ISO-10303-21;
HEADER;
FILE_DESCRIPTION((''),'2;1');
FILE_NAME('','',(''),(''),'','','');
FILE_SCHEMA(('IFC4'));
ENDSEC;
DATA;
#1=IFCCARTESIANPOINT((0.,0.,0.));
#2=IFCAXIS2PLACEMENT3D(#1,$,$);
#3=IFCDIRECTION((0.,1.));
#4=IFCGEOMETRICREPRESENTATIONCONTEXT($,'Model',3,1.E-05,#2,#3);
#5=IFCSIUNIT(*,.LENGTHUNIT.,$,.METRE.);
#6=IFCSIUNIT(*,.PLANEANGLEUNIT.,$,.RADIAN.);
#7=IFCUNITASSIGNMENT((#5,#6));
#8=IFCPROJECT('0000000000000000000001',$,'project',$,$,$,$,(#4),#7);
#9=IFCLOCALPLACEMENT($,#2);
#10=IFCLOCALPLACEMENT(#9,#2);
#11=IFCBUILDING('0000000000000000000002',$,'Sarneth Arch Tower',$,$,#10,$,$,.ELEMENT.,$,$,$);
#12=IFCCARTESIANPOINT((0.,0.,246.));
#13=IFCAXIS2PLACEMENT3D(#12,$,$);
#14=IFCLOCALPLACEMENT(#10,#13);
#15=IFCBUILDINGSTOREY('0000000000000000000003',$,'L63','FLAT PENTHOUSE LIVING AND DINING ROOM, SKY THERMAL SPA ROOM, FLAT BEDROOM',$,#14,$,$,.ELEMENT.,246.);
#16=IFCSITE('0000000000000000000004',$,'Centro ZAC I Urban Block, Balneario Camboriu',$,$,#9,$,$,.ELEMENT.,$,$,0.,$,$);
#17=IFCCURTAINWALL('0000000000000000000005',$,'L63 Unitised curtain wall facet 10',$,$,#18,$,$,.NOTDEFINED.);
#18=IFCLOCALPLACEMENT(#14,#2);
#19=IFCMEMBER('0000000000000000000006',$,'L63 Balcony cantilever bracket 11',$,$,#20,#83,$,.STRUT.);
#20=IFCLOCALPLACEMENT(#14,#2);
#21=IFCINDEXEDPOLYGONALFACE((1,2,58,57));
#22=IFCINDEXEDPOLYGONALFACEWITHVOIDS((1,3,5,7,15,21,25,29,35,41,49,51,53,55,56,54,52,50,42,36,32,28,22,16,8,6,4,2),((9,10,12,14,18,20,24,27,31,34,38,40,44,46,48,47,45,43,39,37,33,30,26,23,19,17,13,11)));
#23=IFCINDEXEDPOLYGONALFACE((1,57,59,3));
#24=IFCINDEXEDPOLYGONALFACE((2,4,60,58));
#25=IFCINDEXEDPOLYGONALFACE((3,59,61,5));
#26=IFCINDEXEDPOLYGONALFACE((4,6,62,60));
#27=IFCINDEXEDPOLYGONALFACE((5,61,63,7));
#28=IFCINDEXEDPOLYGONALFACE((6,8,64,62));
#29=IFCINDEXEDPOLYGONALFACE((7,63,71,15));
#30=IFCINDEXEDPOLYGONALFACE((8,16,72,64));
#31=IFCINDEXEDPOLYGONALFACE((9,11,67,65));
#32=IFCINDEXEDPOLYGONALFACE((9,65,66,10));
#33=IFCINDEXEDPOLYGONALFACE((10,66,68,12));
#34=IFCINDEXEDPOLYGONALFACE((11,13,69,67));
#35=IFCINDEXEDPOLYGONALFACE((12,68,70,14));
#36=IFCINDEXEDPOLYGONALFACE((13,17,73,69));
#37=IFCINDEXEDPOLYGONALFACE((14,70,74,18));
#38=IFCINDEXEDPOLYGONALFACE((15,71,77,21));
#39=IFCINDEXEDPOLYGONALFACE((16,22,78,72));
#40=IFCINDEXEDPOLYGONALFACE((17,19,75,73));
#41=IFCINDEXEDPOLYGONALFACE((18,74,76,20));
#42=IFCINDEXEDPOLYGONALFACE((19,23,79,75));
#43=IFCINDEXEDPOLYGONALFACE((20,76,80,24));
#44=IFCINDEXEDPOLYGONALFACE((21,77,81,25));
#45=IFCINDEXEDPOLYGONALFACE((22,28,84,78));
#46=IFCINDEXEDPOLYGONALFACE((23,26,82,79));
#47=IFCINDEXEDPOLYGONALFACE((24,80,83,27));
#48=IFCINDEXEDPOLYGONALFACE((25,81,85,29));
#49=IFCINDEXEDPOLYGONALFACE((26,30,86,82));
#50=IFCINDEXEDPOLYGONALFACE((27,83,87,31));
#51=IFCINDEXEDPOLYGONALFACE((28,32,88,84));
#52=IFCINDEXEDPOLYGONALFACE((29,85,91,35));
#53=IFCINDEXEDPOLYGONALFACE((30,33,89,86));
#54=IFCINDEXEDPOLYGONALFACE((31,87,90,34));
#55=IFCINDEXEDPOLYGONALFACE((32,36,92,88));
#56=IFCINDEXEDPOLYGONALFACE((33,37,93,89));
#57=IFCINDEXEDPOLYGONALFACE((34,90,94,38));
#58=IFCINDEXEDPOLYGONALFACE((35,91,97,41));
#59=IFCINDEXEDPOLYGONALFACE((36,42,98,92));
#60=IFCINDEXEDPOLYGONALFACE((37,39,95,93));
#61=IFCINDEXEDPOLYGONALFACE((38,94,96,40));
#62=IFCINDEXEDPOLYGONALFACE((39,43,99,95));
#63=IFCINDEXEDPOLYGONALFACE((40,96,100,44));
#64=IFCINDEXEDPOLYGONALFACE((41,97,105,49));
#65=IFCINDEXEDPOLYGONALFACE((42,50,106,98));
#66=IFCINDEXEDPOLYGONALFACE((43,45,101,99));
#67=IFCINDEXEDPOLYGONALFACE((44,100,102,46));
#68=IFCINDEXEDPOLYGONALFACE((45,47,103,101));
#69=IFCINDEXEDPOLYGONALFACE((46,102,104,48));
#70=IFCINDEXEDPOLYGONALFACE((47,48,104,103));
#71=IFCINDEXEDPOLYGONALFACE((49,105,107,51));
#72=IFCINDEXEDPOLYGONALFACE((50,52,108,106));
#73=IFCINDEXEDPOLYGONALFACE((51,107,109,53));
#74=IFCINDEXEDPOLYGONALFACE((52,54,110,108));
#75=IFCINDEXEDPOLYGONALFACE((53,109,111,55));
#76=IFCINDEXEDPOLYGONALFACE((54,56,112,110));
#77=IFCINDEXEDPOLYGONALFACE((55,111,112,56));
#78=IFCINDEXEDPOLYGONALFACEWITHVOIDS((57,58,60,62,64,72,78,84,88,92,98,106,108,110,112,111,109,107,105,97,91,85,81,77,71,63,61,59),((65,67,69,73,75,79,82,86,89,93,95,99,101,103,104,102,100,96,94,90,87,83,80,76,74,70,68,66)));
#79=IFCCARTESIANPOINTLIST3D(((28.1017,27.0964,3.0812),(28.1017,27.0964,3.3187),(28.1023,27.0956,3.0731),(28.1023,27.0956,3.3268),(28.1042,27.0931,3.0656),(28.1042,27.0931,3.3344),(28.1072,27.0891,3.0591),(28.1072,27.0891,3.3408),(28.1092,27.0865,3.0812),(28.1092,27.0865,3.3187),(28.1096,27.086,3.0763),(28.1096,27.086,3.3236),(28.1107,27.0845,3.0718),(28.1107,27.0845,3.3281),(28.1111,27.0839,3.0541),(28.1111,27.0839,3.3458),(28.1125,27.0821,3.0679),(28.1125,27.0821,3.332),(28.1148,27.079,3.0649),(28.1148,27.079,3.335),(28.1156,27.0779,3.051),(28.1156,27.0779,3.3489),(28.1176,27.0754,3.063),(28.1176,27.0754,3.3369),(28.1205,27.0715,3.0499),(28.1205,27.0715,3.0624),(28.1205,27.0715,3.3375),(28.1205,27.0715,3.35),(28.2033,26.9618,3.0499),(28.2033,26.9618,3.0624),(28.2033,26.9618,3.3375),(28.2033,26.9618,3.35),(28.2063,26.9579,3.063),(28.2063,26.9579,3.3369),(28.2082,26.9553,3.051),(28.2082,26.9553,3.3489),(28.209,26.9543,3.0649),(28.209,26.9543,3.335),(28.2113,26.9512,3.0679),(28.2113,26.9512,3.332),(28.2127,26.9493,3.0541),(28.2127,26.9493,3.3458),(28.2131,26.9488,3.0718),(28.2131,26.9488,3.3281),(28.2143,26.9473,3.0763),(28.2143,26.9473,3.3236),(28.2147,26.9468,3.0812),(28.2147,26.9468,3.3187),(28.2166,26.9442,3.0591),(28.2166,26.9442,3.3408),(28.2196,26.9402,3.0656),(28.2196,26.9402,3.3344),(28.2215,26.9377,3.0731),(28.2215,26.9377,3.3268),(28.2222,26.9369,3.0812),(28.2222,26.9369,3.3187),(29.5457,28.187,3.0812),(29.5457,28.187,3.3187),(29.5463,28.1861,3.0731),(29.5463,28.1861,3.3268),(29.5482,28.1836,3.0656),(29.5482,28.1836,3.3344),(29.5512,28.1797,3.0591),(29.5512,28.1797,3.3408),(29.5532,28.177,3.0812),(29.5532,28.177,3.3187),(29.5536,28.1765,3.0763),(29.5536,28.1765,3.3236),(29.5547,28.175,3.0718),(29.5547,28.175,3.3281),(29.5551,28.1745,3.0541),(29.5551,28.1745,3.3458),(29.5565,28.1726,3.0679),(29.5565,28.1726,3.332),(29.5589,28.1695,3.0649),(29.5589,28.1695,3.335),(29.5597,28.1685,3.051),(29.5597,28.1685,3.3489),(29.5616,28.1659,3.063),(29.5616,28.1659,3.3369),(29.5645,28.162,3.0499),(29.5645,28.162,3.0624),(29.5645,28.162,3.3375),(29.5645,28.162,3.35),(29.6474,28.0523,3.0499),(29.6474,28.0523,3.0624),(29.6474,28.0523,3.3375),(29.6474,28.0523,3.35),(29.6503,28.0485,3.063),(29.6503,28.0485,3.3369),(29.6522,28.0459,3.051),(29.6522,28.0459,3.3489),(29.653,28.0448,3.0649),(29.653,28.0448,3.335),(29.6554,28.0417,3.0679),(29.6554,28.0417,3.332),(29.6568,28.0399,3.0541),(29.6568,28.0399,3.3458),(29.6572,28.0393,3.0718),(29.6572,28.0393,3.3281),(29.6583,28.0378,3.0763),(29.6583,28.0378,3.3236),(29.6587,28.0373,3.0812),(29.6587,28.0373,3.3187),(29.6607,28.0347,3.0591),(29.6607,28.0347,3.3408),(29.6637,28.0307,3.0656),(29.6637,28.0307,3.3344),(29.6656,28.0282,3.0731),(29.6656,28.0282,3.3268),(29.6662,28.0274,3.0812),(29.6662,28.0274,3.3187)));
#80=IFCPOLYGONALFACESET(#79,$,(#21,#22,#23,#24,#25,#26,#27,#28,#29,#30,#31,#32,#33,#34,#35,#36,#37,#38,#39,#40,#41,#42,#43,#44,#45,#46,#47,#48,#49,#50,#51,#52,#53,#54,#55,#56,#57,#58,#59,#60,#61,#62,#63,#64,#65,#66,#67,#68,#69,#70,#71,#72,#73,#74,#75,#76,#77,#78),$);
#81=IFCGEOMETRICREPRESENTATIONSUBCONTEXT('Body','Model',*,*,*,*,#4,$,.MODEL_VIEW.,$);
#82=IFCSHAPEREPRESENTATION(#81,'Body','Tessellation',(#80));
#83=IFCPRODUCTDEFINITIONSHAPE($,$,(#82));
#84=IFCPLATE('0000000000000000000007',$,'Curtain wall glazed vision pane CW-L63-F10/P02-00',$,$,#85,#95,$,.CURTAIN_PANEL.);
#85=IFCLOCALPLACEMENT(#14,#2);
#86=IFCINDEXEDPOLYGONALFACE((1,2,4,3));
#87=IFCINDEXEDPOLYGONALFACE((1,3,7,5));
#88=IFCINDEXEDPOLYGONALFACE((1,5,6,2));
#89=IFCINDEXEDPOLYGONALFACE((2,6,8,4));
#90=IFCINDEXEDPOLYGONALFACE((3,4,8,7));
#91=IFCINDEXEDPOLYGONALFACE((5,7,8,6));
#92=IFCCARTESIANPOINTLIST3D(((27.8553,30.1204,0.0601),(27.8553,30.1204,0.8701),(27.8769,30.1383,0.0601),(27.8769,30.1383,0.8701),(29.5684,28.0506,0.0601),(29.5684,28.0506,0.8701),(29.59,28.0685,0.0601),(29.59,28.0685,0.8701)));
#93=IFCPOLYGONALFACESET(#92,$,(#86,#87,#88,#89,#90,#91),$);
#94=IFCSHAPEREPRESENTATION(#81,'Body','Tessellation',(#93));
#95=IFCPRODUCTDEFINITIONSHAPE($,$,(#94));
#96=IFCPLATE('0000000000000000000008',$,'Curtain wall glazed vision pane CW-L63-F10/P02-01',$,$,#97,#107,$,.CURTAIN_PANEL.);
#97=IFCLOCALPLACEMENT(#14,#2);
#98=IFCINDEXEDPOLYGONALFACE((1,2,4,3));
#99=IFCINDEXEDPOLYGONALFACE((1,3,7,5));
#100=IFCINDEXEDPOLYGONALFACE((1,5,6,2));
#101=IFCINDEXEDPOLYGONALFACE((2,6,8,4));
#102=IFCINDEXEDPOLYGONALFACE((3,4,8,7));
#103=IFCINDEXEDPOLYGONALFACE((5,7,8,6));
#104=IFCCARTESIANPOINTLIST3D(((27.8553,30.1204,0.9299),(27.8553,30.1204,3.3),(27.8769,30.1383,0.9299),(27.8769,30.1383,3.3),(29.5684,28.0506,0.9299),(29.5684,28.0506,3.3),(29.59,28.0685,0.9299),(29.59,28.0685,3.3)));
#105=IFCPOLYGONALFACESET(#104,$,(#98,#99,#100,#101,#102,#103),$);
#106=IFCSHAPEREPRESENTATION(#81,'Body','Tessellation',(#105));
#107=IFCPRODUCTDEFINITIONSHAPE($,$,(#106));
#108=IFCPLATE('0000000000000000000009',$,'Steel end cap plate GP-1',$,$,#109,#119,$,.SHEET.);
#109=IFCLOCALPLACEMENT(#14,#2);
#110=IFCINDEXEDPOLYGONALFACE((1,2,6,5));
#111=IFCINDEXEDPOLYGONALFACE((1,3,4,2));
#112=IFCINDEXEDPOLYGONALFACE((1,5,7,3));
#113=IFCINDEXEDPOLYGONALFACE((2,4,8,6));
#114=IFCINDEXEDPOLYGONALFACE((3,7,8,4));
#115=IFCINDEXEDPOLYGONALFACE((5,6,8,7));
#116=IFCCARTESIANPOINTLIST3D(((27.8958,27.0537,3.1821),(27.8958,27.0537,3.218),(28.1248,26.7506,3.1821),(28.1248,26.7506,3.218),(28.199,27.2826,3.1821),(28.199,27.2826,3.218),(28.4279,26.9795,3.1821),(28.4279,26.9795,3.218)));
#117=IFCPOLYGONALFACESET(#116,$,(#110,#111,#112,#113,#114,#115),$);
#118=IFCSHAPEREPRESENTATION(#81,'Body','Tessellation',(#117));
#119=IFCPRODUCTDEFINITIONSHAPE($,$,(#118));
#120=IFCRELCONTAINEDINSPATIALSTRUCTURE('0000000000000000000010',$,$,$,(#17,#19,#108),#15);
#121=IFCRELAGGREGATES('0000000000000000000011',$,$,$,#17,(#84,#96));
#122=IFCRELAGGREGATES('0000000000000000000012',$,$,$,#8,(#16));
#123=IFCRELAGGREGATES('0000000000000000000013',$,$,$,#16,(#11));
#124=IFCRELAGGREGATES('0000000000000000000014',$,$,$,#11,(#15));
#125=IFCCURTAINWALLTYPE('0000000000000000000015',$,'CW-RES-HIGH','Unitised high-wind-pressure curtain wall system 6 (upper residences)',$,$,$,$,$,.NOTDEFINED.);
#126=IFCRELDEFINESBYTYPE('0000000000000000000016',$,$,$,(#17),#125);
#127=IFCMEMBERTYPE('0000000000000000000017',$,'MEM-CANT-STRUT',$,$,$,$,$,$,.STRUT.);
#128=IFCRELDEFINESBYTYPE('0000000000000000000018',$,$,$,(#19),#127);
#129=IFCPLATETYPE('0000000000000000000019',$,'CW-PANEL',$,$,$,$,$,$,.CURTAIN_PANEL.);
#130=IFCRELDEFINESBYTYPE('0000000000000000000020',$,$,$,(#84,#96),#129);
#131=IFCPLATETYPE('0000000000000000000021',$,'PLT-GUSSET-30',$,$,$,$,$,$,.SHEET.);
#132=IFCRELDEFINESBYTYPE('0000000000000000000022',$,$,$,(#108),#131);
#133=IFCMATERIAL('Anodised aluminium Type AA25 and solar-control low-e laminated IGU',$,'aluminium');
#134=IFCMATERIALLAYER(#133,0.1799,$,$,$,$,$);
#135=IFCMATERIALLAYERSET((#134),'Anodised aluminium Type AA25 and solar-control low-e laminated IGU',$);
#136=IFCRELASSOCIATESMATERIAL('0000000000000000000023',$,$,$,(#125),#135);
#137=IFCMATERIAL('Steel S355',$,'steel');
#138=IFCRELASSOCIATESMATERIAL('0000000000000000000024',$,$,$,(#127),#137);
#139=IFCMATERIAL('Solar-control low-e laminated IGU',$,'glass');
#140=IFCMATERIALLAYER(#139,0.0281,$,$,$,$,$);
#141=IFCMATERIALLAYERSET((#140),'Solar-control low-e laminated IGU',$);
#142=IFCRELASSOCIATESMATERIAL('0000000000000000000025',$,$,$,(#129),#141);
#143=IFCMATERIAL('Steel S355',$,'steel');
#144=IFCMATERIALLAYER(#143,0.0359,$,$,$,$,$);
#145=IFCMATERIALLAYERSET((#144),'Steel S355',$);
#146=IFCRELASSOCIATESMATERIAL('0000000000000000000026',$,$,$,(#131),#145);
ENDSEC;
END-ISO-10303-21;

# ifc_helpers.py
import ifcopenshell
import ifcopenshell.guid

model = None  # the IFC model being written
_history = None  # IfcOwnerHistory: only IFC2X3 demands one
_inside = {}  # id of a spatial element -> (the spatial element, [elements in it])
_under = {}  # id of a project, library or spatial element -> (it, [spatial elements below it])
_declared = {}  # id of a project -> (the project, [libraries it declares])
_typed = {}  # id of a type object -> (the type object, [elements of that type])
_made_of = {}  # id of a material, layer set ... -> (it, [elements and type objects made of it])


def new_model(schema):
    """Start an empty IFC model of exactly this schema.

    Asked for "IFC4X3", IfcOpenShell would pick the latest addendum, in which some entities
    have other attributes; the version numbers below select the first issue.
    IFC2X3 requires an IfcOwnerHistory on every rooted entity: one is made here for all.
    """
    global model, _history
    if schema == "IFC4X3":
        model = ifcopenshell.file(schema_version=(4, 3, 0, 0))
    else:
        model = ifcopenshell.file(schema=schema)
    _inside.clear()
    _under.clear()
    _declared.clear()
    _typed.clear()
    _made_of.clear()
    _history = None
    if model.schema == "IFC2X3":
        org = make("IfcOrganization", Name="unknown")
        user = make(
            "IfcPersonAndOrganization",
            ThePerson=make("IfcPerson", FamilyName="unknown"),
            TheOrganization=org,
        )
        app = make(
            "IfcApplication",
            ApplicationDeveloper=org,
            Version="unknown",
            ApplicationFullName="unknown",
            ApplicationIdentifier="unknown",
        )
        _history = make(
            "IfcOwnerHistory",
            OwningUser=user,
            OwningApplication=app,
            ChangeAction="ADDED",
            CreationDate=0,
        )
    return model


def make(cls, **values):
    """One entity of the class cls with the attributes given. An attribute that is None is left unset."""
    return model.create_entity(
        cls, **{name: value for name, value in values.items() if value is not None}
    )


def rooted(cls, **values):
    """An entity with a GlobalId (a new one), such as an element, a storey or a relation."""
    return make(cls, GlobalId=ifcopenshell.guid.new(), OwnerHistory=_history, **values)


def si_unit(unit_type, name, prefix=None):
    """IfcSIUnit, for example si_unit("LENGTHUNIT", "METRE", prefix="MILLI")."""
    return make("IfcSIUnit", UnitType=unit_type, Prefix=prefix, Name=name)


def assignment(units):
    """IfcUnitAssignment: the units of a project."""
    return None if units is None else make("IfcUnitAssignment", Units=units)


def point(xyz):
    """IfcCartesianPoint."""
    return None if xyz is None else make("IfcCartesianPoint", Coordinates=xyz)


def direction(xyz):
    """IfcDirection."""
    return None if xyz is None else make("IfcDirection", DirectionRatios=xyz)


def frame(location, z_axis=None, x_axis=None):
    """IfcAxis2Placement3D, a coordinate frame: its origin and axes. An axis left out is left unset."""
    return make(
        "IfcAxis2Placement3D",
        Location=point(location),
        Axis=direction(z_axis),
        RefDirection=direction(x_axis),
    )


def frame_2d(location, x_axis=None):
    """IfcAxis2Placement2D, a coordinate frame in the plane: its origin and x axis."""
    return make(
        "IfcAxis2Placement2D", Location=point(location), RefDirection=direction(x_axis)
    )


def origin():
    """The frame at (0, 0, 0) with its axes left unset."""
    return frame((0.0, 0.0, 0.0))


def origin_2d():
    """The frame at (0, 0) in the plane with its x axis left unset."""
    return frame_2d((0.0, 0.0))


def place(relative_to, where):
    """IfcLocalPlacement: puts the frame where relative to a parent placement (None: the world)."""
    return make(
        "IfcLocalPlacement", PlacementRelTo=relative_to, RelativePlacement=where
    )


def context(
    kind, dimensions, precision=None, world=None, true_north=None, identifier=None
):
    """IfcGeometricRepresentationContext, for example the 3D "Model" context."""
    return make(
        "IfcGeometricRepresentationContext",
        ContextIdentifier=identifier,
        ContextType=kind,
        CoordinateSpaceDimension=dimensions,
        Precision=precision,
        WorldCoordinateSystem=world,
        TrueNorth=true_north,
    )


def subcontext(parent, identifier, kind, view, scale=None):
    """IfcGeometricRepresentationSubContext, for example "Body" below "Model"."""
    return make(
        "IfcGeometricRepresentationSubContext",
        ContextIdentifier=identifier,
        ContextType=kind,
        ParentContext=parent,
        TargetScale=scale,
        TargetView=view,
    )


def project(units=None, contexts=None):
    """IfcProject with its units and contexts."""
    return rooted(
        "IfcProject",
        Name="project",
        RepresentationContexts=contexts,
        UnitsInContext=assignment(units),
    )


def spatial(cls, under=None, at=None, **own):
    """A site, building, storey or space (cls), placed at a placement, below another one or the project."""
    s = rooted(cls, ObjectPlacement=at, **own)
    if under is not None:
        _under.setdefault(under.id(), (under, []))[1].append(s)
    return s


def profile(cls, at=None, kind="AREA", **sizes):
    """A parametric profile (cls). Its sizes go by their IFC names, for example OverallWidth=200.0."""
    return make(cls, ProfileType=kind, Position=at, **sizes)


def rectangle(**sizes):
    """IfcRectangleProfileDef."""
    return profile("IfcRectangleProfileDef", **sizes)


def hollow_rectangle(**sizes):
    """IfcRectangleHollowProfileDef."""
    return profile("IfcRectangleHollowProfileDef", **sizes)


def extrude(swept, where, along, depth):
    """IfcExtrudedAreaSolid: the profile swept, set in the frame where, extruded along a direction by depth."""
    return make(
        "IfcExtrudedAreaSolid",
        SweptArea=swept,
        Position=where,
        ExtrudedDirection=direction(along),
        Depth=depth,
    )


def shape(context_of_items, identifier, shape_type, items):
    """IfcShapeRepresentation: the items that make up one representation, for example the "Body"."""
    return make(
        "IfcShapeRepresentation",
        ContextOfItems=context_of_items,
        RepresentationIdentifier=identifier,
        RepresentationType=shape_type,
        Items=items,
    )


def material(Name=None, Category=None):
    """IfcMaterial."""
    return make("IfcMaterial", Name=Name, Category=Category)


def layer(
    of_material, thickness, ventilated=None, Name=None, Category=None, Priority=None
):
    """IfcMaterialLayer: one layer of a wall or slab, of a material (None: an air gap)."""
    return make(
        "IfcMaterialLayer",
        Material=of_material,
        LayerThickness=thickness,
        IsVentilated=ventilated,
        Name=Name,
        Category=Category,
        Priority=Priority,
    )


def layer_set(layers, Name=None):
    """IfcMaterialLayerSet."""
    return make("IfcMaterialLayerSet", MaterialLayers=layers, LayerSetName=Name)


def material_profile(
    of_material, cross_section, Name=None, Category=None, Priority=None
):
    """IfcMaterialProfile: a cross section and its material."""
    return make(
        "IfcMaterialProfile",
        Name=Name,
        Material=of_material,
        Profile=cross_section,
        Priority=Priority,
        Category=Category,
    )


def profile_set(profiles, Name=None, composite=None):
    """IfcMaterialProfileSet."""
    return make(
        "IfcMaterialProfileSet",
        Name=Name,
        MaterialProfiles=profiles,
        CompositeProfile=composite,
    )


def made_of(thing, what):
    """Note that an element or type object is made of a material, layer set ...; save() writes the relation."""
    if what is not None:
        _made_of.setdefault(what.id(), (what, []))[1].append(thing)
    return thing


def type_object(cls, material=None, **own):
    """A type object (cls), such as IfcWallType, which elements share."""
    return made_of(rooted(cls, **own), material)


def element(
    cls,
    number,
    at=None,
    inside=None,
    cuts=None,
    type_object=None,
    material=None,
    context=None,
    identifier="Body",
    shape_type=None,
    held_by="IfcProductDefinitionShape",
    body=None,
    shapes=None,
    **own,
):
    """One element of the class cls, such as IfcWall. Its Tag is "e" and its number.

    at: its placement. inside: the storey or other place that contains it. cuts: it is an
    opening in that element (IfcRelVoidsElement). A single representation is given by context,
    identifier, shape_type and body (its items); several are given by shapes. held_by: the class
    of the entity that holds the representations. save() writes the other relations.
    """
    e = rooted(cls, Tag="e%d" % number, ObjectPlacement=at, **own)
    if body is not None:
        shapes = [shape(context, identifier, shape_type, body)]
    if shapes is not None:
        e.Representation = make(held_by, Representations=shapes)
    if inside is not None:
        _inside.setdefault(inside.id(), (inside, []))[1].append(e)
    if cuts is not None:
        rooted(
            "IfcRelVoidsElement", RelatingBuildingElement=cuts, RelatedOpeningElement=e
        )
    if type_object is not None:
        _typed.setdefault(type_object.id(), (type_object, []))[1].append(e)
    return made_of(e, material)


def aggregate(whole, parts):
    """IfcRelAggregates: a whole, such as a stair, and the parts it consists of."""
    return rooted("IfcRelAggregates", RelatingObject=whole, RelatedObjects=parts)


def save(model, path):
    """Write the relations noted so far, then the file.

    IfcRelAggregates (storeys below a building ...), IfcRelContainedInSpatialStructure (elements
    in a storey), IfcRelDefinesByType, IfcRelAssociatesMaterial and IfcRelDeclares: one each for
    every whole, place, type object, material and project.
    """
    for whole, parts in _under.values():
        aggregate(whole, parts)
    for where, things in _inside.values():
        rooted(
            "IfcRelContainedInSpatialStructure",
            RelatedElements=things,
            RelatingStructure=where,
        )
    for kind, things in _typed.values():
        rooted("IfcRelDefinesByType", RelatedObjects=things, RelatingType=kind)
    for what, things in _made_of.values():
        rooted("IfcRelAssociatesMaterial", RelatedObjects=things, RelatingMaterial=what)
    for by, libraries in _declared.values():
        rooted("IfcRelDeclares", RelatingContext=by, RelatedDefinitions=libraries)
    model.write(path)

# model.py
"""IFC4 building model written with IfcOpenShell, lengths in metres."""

from ifc_helpers import new_model, si_unit, direction, frame, origin, origin_2d, place, context, subcontext, project, spatial, rectangle, hollow_rectangle, extrude, material, layer, layer_set, material_profile, profile_set, type_object, element, aggregate, save


model = new_model("IFC4")

# Units and contexts
model_context = context("Model", 3, precision=1e-05, world=origin(), true_north=direction((0.0, 1.0)))
body_context = subcontext(model_context, "Body", "Model", "MODEL_VIEW")
ifc_project = project(units=[si_unit("LENGTHUNIT", "METRE"), si_unit("PLANEANGLEUNIT", "RADIAN")], contexts=[model_context])

# Site, building, storey
site_placement = place(None, origin())
site = spatial("IfcSite", under=ifc_project, at=site_placement, Name="Centro ZAC I Urban Block, Balneario Camboriu", CompositionType="ELEMENT", RefElevation=0.0)
building_placement = place(site_placement, origin())
building = spatial("IfcBuilding", under=site, at=building_placement, Name="Sarneth Arch Tower", CompositionType="ELEMENT")
storey_placement = place(building_placement, frame((0.0, 0.0, 246.0)))
storey = spatial("IfcBuildingStorey", under=building, at=storey_placement, Name="L63", Description="FLAT PENTHOUSE LIVING AND DINING ROOM, SKY THERMAL SPA ROOM, FLAT BEDROOM", CompositionType="ELEMENT", Elevation=246.0)

# Curtain wall
ifc_material_1 = material(Name="Anodised aluminium Type AA25 and solar-control low-e laminated IGU", Category="aluminium")
ifc_layer_1 = layer(ifc_material_1, 0.1799)
ifc_layer_set_1 = layer_set([ifc_layer_1], Name="Anodised aluminium Type AA25 and solar-control low-e laminated IGU")
curtain_wall_type = type_object("IfcCurtainWallType", Name="CW-RES-HIGH", Description="Unitised high-wind-pressure curtain wall system 6 (upper residences)", PredefinedType="NOTDEFINED", material=ifc_layer_set_1)
curtain_wall_placement = place(storey_placement, origin())
curtain_wall = element("IfcCurtainWall", 1, at=curtain_wall_placement, inside=storey, type_object=curtain_wall_type, Name="L63 Unitised curtain wall facet 10", PredefinedType="NOTDEFINED")

# Member
ifc_material_2 = material(Name="Steel S355", Category="steel")
ifc_material_profile_1 = material_profile(ifc_material_2, hollow_rectangle(XDim=0.2, YDim=0.3, WallThickness=0.0125, InnerFilletRadius=0.0188, OuterFilletRadius=0.0312, at=origin_2d()), Name="RHS300x200x12.5")
ifc_profile_set_1 = profile_set([ifc_material_profile_1], Name="Steel S355")
member_type_1 = type_object("IfcMemberType", Name="MEM-CANT-STRUT", PredefinedType="STRUT", material=ifc_profile_set_1)
member_1_placement = place(storey_placement, frame((29.606, 28.1072, 3.2), z_axis=(-0.798004, -0.602652, 0.0), x_axis=(0.602652, -0.798004, 0.0)))
element("IfcMember", 2, at=member_1_placement, inside=storey, type_object=member_type_1, Name="L63 Balcony cantilever bracket 11", PredefinedType="STRUT", context=body_context, shape_type="SweptSolid", body=[
    extrude(hollow_rectangle(XDim=0.2, YDim=0.3, WallThickness=0.0125, InnerFilletRadius=0.0188, OuterFilletRadius=0.0312, at=origin_2d()), origin(), (0.0, 0.0, 1.0), 1.8096),
])

# Plates
ifc_material_3 = material(Name="Solar-control low-e laminated IGU", Category="glass")
ifc_layer_2 = layer(ifc_material_3, 0.0281)
ifc_layer_set_2 = layer_set([ifc_layer_2], Name="Solar-control low-e laminated IGU")
plate_type_1 = type_object("IfcPlateType", Name="CW-PANEL", PredefinedType="CURTAIN_PANEL", material=ifc_layer_set_2)
plate_1_placement = place(storey_placement, frame((28.7227, 29.0945, 0.0601), z_axis=(0.0, 0.0, 1.0), x_axis=(0.63761, -0.770359, 0.0)))
plate_1 = element("IfcPlate", 3, at=plate_1_placement, type_object=plate_type_1, Name="Curtain wall glazed vision pane CW-L63-F10/P02-00", PredefinedType="CURTAIN_PANEL", context=body_context, shape_type="SweptSolid", body=[
    extrude(rectangle(XDim=2.6868, YDim=0.0281, at=origin_2d()), origin(), (0.0, 0.0, 1.0), 0.8101),
])
plate_2_placement = place(storey_placement, frame((28.7227, 29.0945, 0.9299), z_axis=(0.0, 0.0, 1.0), x_axis=(0.63761, -0.770359, 0.0)))
plate_2 = element("IfcPlate", 4, at=plate_2_placement, type_object=plate_type_1, Name="Curtain wall glazed vision pane CW-L63-F10/P02-01", PredefinedType="CURTAIN_PANEL", context=body_context, shape_type="SweptSolid", body=[
    extrude(rectangle(XDim=2.6868, YDim=0.0281, at=origin_2d()), origin(), (0.0, 0.0, 1.0), 2.3701),
])
aggregate(curtain_wall, [plate_1, plate_2])
ifc_material_4 = material(Name="Steel S355", Category="steel")
ifc_layer_3 = layer(ifc_material_4, 0.0359)
ifc_layer_set_3 = layer_set([ifc_layer_3], Name="Steel S355")
plate_type_2 = type_object("IfcPlateType", Name="PLT-GUSSET-30", PredefinedType="SHEET", material=ifc_layer_set_3)
plate_3_placement = place(storey_placement, frame((28.1619, 27.0166, 3.1821), z_axis=(0.0, 0.0, 1.0), x_axis=(-0.798005, -0.602651, 0.0)))
element("IfcPlate", 5, at=plate_3_placement, inside=storey, type_object=plate_type_2, Name="Steel end cap plate GP-1", PredefinedType="SHEET", context=body_context, shape_type="SweptSolid", body=[
    extrude(rectangle(XDim=0.3799, YDim=0.3799, at=origin_2d()), origin(), (0.0, 0.0, 1.0), 0.0359),
])

save(model, "model.ifc")
